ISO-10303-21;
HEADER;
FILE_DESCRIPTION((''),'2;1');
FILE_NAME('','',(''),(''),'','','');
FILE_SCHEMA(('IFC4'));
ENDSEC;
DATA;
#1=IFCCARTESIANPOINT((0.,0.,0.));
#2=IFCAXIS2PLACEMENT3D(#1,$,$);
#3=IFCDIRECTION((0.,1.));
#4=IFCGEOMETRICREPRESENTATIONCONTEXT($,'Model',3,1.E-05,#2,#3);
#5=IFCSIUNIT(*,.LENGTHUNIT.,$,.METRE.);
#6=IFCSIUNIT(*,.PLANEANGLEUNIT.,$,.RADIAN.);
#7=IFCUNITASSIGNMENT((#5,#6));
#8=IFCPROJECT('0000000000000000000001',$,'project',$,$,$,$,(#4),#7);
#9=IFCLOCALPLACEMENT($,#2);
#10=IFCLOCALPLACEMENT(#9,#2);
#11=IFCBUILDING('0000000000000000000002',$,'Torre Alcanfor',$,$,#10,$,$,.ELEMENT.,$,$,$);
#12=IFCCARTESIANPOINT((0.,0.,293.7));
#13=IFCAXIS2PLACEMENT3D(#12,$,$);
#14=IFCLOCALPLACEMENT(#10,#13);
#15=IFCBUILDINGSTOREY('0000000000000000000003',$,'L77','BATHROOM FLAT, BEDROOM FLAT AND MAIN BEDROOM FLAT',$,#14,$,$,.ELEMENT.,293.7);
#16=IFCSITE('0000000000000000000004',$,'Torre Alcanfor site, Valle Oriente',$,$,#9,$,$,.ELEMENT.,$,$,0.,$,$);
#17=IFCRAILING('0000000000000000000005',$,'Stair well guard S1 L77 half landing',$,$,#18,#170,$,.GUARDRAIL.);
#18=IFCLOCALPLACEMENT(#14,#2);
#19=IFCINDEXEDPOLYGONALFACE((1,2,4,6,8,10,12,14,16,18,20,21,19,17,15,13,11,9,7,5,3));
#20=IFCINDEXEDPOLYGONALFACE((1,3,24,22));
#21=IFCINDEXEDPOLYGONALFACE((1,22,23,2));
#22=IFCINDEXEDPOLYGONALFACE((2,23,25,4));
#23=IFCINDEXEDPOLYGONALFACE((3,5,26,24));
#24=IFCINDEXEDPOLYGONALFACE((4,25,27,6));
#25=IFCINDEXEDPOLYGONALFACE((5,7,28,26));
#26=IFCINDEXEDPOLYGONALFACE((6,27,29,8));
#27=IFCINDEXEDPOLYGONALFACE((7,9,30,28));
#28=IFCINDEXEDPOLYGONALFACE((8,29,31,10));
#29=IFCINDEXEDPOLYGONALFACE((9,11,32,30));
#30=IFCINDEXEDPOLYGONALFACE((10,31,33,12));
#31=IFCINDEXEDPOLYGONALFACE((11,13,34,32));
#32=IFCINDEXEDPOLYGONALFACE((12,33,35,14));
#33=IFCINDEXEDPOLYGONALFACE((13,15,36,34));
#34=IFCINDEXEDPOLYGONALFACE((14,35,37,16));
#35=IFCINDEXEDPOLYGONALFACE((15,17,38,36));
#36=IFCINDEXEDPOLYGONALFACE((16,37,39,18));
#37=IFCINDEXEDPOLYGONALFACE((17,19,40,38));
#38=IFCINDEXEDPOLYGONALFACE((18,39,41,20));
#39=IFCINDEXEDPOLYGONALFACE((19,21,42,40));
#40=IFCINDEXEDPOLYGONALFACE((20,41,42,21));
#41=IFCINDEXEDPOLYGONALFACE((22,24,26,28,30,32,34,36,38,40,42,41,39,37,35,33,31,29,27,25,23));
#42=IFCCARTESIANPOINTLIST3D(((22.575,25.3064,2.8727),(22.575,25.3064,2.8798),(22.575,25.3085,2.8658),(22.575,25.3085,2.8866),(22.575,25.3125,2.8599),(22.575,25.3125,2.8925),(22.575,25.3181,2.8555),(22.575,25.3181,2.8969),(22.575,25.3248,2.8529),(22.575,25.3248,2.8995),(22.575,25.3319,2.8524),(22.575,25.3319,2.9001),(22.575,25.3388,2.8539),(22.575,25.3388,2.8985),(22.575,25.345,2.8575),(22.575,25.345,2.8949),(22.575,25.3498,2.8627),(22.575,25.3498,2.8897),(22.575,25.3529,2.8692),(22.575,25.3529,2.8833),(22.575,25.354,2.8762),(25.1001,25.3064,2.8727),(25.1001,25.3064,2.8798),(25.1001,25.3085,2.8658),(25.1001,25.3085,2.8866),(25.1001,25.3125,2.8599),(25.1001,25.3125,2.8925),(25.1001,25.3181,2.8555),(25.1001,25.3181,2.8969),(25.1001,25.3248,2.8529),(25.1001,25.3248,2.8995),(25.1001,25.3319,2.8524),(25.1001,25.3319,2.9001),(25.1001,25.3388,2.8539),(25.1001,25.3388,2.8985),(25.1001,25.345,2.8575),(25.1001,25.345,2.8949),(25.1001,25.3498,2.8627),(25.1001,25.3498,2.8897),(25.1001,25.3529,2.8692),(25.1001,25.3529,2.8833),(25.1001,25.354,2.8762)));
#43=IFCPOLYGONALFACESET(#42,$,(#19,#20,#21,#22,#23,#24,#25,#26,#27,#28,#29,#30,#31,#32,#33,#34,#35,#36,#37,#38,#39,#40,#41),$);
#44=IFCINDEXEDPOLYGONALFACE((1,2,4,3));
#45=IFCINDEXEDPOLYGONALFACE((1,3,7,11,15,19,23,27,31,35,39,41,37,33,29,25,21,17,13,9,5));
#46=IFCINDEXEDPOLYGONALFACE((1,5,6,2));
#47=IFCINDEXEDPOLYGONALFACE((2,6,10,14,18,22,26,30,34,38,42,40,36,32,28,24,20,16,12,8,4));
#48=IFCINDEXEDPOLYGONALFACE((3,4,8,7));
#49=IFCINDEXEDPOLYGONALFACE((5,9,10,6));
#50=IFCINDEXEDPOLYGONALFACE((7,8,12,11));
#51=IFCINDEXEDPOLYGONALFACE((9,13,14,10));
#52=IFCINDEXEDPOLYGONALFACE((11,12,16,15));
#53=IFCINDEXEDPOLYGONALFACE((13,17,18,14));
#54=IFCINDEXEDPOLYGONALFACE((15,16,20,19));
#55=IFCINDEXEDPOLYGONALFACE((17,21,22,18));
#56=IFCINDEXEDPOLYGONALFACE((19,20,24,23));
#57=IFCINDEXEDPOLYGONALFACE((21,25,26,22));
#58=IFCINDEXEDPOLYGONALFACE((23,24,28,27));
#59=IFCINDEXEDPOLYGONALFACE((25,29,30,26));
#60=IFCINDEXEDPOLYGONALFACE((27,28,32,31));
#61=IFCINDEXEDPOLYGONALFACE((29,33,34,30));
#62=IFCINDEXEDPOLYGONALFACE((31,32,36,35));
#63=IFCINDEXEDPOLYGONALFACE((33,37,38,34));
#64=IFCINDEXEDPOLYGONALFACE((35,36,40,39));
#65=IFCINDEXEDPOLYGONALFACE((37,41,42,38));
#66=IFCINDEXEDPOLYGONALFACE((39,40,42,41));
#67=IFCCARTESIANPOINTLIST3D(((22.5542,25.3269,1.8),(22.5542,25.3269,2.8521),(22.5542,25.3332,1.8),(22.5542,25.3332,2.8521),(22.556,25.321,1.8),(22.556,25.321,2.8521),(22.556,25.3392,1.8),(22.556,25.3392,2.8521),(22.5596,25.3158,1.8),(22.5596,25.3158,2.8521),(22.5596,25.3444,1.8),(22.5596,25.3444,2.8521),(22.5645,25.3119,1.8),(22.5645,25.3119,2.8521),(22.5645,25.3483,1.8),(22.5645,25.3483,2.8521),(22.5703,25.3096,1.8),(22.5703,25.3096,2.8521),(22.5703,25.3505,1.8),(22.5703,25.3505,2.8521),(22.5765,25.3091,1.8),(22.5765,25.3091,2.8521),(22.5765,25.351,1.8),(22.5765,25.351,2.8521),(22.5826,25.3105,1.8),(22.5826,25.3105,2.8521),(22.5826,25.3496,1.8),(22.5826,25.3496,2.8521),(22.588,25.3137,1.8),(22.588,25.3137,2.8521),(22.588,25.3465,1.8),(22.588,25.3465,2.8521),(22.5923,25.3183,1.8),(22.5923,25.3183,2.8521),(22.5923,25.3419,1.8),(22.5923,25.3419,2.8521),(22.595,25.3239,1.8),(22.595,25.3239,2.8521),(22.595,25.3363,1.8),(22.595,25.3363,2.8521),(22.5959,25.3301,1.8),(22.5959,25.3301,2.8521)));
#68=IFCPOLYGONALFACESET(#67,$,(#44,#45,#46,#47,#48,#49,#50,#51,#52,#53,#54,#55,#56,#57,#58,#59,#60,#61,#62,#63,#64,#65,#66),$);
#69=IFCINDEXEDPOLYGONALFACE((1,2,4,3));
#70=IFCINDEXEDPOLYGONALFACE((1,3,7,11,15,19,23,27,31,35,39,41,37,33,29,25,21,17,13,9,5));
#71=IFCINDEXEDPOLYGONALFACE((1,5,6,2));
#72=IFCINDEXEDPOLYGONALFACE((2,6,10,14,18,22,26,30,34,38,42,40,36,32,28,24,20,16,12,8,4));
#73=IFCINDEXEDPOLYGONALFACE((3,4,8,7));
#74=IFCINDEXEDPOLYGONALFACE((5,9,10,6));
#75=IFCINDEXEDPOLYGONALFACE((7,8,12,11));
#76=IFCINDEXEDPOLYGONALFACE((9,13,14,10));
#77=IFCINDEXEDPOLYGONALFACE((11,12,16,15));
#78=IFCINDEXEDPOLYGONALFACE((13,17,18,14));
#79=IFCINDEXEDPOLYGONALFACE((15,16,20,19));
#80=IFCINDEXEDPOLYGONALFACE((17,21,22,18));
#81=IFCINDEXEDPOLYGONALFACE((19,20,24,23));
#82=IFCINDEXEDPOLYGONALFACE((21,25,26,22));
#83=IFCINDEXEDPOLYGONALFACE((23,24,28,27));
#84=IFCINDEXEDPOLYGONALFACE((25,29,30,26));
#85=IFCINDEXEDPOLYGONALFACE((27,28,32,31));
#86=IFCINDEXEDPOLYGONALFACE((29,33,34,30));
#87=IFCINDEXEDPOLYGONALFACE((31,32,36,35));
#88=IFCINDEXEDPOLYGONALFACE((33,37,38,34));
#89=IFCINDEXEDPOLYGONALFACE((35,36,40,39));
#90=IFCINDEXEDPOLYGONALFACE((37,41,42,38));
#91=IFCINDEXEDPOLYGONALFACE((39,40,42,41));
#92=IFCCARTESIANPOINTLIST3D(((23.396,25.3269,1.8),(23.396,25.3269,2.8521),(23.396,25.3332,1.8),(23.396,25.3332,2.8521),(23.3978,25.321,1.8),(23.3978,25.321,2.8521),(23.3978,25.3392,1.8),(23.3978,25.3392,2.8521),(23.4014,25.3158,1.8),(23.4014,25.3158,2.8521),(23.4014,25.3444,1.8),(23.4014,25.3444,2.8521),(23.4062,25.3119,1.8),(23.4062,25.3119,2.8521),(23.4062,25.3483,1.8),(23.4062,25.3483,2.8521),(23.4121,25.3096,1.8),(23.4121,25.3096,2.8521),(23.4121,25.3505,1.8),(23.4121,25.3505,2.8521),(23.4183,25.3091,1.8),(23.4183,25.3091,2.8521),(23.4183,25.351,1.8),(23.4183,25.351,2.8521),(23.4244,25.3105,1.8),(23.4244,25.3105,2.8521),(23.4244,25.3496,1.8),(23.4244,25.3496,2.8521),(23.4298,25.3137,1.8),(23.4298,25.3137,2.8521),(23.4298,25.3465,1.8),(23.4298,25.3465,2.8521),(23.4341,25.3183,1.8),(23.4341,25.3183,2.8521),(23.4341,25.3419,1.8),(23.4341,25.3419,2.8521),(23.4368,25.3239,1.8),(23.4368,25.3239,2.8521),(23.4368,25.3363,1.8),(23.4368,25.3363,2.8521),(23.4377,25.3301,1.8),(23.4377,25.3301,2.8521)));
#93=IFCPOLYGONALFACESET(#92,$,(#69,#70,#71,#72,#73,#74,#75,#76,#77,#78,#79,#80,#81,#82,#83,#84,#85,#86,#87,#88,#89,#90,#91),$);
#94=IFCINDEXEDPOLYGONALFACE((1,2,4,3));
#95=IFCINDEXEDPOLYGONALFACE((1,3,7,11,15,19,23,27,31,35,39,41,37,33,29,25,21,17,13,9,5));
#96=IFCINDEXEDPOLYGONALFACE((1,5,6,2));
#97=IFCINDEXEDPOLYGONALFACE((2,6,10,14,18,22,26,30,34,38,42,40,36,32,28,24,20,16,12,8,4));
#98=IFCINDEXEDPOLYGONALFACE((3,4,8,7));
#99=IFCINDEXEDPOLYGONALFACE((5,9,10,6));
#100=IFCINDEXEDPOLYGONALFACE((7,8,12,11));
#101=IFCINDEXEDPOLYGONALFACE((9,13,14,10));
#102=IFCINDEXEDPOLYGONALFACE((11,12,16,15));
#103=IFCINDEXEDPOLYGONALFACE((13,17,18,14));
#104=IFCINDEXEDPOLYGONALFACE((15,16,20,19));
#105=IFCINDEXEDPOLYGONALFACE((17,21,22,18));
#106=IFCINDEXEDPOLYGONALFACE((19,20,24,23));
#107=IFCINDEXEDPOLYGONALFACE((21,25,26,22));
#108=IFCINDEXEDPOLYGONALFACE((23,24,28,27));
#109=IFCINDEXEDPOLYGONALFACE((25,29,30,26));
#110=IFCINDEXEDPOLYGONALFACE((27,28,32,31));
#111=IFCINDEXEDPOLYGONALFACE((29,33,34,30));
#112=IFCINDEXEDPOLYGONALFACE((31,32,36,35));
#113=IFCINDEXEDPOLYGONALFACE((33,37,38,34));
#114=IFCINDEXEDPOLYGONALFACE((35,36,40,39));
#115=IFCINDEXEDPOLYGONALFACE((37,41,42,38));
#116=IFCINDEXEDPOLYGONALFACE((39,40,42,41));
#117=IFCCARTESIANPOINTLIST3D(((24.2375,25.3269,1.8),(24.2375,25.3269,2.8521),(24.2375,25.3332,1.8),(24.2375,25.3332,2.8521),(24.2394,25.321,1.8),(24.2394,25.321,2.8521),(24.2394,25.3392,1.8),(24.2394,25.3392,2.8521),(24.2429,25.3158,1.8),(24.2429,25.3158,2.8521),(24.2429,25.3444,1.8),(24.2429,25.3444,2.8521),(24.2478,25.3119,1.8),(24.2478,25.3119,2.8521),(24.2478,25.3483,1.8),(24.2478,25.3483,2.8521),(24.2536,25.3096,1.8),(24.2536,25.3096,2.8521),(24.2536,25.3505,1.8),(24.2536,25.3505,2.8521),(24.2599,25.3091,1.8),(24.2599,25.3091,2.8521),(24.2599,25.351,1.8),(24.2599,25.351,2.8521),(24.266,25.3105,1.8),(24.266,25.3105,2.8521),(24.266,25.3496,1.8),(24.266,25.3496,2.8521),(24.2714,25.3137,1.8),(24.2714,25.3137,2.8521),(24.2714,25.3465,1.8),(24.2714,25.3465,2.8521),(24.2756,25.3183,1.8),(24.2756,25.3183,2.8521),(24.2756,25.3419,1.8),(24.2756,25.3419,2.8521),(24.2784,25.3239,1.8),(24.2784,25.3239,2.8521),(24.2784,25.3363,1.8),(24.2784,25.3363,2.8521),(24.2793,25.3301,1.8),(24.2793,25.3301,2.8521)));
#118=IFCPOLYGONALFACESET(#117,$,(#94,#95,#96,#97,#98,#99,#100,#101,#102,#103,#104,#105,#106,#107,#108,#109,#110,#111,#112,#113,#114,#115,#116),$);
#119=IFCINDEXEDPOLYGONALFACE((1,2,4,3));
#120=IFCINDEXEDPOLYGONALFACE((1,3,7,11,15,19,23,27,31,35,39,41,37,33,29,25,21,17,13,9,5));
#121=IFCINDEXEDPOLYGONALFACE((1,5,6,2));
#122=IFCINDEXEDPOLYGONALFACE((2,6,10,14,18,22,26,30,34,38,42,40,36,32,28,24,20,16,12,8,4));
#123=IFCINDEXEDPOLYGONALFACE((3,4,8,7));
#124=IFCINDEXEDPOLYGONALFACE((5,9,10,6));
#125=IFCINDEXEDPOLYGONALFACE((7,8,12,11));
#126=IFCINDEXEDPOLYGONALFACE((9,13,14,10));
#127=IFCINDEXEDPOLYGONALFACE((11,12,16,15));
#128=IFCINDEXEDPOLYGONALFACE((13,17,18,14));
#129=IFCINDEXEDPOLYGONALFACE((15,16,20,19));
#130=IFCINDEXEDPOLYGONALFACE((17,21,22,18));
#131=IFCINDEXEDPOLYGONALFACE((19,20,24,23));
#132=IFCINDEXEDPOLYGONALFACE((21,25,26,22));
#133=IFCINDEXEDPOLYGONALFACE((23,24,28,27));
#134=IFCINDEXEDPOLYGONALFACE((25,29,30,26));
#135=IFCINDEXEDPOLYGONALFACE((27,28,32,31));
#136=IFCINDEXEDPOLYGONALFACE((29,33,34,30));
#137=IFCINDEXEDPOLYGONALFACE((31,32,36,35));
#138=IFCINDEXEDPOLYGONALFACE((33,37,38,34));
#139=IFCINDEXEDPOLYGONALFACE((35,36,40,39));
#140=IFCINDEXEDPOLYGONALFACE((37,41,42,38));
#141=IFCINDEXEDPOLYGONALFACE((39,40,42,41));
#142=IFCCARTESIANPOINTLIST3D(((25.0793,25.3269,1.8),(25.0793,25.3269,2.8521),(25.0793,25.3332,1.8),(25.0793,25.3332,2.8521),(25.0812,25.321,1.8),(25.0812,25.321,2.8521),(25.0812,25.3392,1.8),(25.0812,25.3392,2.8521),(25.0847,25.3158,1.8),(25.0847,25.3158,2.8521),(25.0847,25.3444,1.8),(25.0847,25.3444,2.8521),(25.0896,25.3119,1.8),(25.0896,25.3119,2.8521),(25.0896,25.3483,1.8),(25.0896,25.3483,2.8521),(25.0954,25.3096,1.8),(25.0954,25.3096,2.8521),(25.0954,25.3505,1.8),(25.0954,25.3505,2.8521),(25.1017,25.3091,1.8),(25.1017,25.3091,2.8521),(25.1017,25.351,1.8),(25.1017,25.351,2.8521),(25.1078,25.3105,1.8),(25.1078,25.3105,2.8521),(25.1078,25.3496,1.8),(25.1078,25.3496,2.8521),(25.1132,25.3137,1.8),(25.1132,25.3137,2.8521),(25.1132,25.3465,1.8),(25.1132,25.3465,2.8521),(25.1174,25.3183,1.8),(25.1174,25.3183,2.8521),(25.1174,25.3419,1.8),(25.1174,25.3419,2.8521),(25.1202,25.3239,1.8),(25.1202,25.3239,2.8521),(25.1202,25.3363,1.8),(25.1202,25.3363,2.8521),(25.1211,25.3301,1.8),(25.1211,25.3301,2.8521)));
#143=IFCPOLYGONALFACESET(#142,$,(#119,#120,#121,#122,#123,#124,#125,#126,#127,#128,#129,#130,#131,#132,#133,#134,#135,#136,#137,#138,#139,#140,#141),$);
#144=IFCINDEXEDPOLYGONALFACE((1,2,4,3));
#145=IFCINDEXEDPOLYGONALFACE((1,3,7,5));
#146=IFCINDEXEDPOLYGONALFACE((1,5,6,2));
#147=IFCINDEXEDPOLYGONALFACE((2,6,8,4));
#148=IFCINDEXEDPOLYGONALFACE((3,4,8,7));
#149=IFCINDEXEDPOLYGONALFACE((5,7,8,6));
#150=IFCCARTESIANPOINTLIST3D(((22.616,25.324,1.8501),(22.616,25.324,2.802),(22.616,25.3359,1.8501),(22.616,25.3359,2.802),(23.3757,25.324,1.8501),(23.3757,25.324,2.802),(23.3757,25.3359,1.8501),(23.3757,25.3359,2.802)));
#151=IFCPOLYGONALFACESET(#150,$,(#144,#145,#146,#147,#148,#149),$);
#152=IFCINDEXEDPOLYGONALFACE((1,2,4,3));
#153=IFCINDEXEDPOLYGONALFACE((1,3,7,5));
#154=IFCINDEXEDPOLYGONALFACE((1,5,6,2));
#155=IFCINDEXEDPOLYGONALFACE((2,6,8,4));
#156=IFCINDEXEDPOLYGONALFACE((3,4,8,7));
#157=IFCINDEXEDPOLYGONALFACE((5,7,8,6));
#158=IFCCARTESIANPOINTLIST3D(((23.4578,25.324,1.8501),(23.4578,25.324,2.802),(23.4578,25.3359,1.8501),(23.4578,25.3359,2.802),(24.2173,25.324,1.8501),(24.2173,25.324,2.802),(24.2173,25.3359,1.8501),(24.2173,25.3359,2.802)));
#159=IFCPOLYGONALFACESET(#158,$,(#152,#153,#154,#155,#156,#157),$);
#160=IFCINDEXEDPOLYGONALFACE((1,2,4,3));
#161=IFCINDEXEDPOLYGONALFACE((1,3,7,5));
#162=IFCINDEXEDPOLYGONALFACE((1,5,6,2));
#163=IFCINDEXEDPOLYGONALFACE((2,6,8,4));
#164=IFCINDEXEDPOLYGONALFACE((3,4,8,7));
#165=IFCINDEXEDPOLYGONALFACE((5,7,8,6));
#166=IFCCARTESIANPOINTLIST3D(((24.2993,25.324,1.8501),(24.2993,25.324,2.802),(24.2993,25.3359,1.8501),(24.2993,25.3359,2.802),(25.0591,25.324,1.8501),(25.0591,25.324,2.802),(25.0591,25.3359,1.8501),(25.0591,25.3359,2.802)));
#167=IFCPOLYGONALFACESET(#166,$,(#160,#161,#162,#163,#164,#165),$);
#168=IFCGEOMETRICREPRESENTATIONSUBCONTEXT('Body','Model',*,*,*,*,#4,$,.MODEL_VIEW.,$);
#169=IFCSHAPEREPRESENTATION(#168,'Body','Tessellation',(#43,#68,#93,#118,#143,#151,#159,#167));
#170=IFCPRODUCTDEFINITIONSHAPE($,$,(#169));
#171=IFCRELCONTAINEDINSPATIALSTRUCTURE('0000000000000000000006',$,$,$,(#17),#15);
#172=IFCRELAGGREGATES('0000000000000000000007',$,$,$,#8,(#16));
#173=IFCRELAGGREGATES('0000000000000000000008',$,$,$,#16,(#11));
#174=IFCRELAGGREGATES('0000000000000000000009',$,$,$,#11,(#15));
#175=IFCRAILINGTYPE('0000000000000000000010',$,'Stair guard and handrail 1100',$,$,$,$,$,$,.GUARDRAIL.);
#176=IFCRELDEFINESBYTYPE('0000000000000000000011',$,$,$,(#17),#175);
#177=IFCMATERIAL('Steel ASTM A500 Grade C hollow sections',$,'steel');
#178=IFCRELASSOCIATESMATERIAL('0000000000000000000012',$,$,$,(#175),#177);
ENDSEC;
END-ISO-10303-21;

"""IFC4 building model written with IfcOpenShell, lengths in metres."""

from ifc_helpers import new_model, si_unit, direction, frame, origin, origin_2d, place, context, subcontext, project, spatial, polyline, circle, outline, extrude, material, type_object, element, save


model = new_model("IFC4")

# Units and contexts
model_context = context("Model", 3, precision=1e-05, world=origin(), true_north=direction((0.0, 1.0)))
body_context = subcontext(model_context, "Body", "Model", "MODEL_VIEW")
ifc_project = project(units=[si_unit("LENGTHUNIT", "METRE"), si_unit("PLANEANGLEUNIT", "RADIAN")], contexts=[model_context])

# Site, building, storey
site_placement = place(None, origin())
site = spatial("IfcSite", under=ifc_project, at=site_placement, Name="Torre Alcanfor site, Valle Oriente", CompositionType="ELEMENT", RefElevation=0.0)
building_placement = place(site_placement, origin())
building = spatial("IfcBuilding", under=site, at=building_placement, Name="Torre Alcanfor", CompositionType="ELEMENT")
storey_placement = place(building_placement, frame((0.0, 0.0, 293.7)))
storey = spatial("IfcBuildingStorey", under=building, at=storey_placement, Name="L77", Description="BATHROOM FLAT, BEDROOM FLAT AND MAIN BEDROOM FLAT", CompositionType="ELEMENT", Elevation=293.7)

# Railing
ifc_material_1 = material(Name="Steel ASTM A500 Grade C hollow sections", Category="steel")
railing_type_1 = type_object("IfcRailingType", Name="Stair guard and handrail 1100", PredefinedType="GUARDRAIL", material=ifc_material_1)
railing_1_placement = place(storey_placement, frame((22.575, 25.3301, 1.8)))
element("IfcRailing", 1, at=railing_1_placement, inside=storey, type_object=railing_type_1, Name="Stair well guard S1 L77 half landing", PredefinedType="GUARDRAIL", context=body_context, shape_type="SweptSolid", body=[
    extrude(circle(Radius=0.0239, at=origin_2d()), frame((0.0, 0.0, 1.0762), z_axis=(1.0, 0.0, 0.0), x_axis=(0.0, 1.0, 0.0)), (0.0, 0.0, 1.0), 2.5251),
    extrude(circle(Radius=0.021, at=origin_2d()), origin(), (0.0, 0.0, 1.0), 1.052),
    extrude(circle(Radius=0.021, at=origin_2d()), frame((0.8418, 0.0, 0.0)), (0.0, 0.0, 1.0), 1.052),
    extrude(circle(Radius=0.021, at=origin_2d()), frame((1.6833, 0.0, 0.0)), (0.0, 0.0, 1.0), 1.052),
    extrude(circle(Radius=0.021, at=origin_2d()), frame((2.5251, 0.0, 0.0)), (0.0, 0.0, 1.0), 1.052),
    extrude(outline(polyline([(0.041, 0.05), (0.8008, 0.05), (0.8008, 1.002), (0.041, 1.002), (0.041, 0.05)])), frame((0.0, 0.0059, 0.0), z_axis=(0.0, -1.0, 0.0), x_axis=(1.0, 0.0, 0.0)), (0.0, 0.0, 1.0), 0.012),
    extrude(outline(polyline([(0.8828, 0.05), (1.6423, 0.05), (1.6423, 1.002), (0.8828, 1.002), (0.8828, 0.05)])), frame((0.0, 0.0059, 0.0), z_axis=(0.0, -1.0, 0.0), x_axis=(1.0, 0.0, 0.0)), (0.0, 0.0, 1.0), 0.012),
    extrude(outline(polyline([(1.7244, 0.05), (2.4841, 0.05), (2.4841, 1.002), (1.7244, 1.002), (1.7244, 0.05)])), frame((0.0, 0.0059, 0.0), z_axis=(0.0, -1.0, 0.0), x_axis=(1.0, 0.0, 0.0)), (0.0, 0.0, 1.0), 0.012),
])

save(model, "model.ifc")
